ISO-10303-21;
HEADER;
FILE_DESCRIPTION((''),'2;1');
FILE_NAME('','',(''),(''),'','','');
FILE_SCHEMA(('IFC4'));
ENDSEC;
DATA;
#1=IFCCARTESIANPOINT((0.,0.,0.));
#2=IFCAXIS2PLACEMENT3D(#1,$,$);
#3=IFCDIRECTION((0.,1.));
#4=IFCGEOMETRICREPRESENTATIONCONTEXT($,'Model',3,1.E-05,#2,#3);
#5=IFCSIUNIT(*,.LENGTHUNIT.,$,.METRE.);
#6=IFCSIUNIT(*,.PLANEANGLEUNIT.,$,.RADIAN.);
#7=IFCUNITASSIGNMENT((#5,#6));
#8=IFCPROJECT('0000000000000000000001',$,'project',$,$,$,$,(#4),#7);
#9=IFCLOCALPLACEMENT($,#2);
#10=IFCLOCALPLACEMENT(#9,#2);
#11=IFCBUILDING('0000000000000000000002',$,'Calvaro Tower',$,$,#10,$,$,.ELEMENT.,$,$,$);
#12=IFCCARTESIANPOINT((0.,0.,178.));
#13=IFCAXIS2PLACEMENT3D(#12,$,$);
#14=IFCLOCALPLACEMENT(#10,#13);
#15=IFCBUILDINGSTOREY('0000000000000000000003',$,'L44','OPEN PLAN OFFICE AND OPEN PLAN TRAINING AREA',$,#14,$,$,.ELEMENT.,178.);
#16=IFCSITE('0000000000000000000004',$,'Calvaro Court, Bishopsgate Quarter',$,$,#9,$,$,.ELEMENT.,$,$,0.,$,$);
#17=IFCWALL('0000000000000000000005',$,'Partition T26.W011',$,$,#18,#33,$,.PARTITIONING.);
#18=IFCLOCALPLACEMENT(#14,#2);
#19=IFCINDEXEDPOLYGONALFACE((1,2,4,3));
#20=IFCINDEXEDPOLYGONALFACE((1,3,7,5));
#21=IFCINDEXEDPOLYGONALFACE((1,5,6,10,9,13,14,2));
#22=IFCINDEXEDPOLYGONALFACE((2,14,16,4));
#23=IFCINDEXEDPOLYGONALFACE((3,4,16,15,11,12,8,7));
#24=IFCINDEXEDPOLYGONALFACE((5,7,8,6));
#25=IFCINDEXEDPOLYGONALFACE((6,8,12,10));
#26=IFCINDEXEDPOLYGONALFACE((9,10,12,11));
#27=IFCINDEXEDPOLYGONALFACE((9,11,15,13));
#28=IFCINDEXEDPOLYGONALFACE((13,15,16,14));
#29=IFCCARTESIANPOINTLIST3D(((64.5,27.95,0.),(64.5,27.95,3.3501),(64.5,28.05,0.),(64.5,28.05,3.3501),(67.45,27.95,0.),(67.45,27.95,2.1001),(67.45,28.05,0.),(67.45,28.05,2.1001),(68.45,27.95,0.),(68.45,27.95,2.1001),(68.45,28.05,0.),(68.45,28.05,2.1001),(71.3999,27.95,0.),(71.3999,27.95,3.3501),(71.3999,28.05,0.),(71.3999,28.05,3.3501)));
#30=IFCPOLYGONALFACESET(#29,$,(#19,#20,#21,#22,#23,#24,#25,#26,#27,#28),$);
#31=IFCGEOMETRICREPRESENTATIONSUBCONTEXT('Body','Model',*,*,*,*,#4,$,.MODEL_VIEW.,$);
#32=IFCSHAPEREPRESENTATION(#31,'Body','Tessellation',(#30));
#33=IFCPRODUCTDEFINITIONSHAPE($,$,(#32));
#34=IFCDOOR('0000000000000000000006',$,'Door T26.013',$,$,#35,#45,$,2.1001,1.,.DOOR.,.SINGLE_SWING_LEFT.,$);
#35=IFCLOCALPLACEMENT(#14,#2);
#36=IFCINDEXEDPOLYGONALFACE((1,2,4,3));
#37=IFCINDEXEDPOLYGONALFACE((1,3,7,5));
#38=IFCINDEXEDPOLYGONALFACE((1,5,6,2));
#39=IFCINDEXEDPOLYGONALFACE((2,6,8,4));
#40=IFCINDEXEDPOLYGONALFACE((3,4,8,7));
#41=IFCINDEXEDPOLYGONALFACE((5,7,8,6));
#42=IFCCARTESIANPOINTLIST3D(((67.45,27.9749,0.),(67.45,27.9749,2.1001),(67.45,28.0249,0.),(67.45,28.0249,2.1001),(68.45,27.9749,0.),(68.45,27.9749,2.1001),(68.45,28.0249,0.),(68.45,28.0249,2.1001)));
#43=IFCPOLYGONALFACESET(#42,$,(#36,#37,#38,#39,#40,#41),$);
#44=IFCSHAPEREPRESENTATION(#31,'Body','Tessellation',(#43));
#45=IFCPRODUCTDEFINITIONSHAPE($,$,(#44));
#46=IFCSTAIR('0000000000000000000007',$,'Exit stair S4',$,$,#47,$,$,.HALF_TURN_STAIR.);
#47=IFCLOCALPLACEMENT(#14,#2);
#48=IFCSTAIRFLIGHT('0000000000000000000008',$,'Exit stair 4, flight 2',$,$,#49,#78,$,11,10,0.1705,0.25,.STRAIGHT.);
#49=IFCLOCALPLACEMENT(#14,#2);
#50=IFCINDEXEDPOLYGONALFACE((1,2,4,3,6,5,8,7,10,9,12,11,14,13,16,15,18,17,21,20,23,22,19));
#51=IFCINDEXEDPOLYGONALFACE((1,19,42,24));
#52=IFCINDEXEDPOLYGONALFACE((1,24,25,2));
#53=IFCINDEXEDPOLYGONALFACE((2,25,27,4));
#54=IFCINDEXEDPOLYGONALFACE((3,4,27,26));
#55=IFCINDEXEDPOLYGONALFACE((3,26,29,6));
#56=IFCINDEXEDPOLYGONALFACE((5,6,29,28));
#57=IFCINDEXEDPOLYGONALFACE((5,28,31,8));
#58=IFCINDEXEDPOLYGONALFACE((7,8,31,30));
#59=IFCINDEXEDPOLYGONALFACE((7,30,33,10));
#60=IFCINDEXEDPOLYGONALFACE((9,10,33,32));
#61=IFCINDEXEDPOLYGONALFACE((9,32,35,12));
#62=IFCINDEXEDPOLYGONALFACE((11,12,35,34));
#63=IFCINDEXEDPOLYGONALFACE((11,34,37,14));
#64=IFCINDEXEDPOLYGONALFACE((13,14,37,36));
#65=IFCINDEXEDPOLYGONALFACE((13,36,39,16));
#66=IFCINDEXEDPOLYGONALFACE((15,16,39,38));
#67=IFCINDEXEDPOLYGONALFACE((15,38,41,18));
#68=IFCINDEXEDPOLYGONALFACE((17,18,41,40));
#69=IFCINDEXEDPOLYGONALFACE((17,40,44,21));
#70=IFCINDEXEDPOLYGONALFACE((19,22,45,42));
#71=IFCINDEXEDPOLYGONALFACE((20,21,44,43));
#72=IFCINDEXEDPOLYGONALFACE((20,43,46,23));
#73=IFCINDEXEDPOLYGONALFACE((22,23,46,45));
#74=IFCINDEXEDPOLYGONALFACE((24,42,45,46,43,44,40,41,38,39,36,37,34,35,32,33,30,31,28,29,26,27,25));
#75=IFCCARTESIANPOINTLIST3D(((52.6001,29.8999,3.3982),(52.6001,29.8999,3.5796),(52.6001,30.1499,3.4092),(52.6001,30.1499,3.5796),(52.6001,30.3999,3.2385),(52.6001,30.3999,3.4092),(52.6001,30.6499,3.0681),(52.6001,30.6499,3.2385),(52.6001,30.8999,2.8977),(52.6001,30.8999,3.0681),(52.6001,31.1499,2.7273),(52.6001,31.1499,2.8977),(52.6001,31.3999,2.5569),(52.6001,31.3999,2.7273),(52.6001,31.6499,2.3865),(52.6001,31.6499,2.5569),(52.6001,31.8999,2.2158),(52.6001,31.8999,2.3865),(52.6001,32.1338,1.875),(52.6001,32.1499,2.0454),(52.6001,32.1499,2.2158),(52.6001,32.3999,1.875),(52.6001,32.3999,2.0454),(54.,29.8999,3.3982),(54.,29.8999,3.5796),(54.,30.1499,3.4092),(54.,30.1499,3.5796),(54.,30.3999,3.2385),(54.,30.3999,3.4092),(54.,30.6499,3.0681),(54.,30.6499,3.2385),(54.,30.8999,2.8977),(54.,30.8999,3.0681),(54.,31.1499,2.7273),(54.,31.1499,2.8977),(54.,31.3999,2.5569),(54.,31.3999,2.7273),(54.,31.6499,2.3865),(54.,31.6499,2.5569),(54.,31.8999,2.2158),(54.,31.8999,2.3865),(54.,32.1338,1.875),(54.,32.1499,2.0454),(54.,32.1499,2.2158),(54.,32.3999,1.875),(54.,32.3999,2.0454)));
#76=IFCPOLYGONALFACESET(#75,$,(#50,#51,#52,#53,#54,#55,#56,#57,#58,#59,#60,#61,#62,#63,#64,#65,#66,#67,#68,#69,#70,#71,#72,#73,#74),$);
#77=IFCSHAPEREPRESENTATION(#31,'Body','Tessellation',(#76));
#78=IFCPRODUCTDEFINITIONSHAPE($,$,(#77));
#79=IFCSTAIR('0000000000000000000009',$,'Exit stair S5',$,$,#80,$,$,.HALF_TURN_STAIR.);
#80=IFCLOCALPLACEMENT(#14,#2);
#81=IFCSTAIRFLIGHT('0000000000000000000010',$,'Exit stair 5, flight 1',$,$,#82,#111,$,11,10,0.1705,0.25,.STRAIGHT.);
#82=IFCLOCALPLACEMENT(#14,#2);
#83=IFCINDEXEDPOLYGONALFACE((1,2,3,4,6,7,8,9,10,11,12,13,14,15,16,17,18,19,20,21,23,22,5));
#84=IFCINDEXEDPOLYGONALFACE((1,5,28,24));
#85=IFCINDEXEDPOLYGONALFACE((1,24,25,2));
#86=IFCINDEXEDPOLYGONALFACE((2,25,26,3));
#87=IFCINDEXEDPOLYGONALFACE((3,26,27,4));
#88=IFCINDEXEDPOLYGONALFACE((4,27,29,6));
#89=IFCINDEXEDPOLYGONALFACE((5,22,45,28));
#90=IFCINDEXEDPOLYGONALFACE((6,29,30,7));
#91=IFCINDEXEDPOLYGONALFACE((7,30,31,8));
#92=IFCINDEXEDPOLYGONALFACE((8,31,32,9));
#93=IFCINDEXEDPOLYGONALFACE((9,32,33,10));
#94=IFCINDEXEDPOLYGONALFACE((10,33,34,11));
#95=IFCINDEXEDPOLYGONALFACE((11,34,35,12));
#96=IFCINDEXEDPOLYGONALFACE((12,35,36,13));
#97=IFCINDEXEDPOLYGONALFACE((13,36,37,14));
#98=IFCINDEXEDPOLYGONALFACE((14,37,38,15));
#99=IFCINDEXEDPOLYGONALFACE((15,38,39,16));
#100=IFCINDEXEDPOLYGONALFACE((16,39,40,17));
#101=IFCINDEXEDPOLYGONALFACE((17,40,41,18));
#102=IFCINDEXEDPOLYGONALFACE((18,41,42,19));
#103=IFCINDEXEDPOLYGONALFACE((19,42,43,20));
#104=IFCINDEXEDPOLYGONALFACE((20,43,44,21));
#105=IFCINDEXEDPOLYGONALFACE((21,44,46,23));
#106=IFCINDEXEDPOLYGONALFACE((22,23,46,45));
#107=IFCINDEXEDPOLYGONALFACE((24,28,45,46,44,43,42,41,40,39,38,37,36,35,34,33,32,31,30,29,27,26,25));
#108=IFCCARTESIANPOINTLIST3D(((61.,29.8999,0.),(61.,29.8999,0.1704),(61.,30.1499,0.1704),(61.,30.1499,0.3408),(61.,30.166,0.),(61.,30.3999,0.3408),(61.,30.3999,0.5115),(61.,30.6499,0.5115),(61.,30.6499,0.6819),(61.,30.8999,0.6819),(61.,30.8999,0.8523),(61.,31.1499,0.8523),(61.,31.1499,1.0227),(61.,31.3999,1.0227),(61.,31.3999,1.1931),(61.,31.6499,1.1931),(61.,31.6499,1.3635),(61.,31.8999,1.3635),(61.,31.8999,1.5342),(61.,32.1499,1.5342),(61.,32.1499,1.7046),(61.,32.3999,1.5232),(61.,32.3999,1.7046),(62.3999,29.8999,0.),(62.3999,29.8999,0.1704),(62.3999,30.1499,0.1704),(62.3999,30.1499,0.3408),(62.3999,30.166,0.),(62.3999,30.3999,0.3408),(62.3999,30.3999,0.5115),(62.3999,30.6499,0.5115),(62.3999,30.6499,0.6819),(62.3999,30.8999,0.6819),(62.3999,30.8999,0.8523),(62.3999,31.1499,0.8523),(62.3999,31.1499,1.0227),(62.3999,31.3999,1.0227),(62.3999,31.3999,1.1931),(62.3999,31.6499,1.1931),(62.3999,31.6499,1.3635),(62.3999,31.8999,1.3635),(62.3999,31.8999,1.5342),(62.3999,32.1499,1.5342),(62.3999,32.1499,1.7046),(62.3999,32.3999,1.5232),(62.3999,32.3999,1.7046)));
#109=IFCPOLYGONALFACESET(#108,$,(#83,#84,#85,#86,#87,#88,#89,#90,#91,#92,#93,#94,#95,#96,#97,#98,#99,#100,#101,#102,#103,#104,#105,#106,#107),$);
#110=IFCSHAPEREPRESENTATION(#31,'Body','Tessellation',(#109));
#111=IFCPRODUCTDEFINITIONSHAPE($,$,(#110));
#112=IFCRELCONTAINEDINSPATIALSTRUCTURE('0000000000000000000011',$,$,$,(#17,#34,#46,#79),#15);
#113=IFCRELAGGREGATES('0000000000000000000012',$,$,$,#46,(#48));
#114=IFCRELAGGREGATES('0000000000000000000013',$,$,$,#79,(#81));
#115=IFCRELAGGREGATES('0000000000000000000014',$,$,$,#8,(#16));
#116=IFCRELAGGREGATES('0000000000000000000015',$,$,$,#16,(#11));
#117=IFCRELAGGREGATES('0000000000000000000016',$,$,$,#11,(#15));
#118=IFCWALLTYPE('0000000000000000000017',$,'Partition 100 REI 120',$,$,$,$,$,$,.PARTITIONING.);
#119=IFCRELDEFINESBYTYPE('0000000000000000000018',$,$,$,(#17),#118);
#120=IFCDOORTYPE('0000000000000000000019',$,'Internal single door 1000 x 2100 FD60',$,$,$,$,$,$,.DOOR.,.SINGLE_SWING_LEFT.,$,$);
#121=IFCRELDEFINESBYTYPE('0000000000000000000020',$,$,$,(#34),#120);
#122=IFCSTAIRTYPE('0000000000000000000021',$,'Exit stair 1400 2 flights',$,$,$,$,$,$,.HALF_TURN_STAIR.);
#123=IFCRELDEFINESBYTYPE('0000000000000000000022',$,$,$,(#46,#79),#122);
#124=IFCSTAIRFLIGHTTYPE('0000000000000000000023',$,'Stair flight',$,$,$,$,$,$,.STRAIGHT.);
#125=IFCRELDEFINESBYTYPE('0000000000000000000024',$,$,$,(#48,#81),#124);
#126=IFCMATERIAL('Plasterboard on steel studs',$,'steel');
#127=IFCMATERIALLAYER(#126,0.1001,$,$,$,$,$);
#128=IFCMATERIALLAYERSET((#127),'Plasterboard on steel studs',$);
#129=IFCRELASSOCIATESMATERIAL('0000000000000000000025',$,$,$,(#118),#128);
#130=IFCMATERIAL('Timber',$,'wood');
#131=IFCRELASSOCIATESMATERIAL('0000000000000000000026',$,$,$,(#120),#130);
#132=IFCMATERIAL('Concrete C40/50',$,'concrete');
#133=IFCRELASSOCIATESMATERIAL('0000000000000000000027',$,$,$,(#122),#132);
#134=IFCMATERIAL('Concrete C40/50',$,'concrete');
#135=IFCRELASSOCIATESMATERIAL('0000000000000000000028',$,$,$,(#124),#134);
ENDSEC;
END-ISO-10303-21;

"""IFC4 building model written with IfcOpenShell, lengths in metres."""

from ifc_helpers import new_model, si_unit, direction, frame, frame_2d, origin, place, context, subcontext, project, spatial, polyline, rectangle, outline, extrude, material, layer, layer_set, type_object, element, fill, aggregate, save


model = new_model("IFC4")

# Units and contexts
model_context = context("Model", 3, precision=1e-05, world=origin(), true_north=direction((0.0, 1.0)))
body_context = subcontext(model_context, "Body", "Model", "MODEL_VIEW")
ifc_project = project(units=[si_unit("LENGTHUNIT", "METRE"), si_unit("PLANEANGLEUNIT", "RADIAN")], contexts=[model_context])

# Site, building, storey
site_placement = place(None, origin())
site = spatial("IfcSite", under=ifc_project, at=site_placement, Name="Calvaro Court, Bishopsgate Quarter", CompositionType="ELEMENT", RefElevation=0.0)
building_placement = place(site_placement, origin())
building = spatial("IfcBuilding", under=site, at=building_placement, Name="Calvaro Tower", CompositionType="ELEMENT")
storey_placement = place(building_placement, frame((0.0, 0.0, 178.0)))
storey = spatial("IfcBuildingStorey", under=building, at=storey_placement, Name="L44", Description="OPEN PLAN OFFICE AND OPEN PLAN TRAINING AREA", CompositionType="ELEMENT", Elevation=178.0)

# Wall, opening, door
ifc_material_1 = material(Name="Plasterboard on steel studs", Category="steel")
ifc_layer_1 = layer(ifc_material_1, 0.1001)
ifc_layer_set_1 = layer_set([ifc_layer_1], Name="Plasterboard on steel studs")
wall_type_1 = type_object("IfcWallType", Name="Partition 100 REI 120", PredefinedType="PARTITIONING", material=ifc_layer_set_1)
wall_1_placement = place(storey_placement, frame((64.5, 28.0, 0.0), z_axis=(0.0, 0.0, 1.0), x_axis=(1.0, 0.0, 0.0)))
wall_1 = element("IfcWall", 1, at=wall_1_placement, inside=storey, type_object=wall_type_1, Name="Partition T26.W011", PredefinedType="PARTITIONING", context=body_context, shape_type="SweptSolid", body=[
    extrude(rectangle(XDim=6.8999, YDim=0.1001, at=frame_2d((3.45, 0.0))), origin(), (0.0, 0.0, 1.0), 3.3501),
])
opening_1_placement = place(wall_1_placement, frame((2.95, 0.0, 0.0)))
opening_1 = element("IfcOpeningElement", 2, at=opening_1_placement, cuts=wall_1, PredefinedType="OPENING", context=body_context, shape_type="SweptSolid", body=[
    extrude(rectangle(XDim=1.0, YDim=2.1001, at=frame_2d((0.5, 1.05))), frame((0.0, 0.0601, 0.0), z_axis=(0.0, -1.0, 0.0), x_axis=(1.0, 0.0, 0.0)), (0.0, 0.0, 1.0), 0.1201),
])
ifc_material_2 = material(Name="Timber", Category="wood")
door_type_1 = type_object("IfcDoorType", Name="Internal single door 1000 x 2100 FD60", OperationType="SINGLE_SWING_LEFT", PredefinedType="DOOR", material=ifc_material_2)
door_1_placement = place(opening_1_placement, origin())
door_1 = element("IfcDoor", 3, at=door_1_placement, inside=storey, type_object=door_type_1, Name="Door T26.013", OperationType="SINGLE_SWING_LEFT", OverallHeight=2.1001, OverallWidth=1.0, PredefinedType="DOOR", context=body_context, shape_type="SweptSolid", body=[
    extrude(rectangle(XDim=1.0, YDim=2.1001, at=frame_2d((0.5, 1.05))), frame((0.0, 0.0249, 0.0), z_axis=(0.0, -1.0, 0.0), x_axis=(1.0, 0.0, 0.0)), (0.0, 0.0, 1.0), 0.05),
])
fill(opening_1, door_1)

# Stairs, stair flights
ifc_material_3 = material(Name="Concrete C40/50", Category="concrete")
stair_type = type_object("IfcStairType", Name="Exit stair 1400 2 flights", PredefinedType="HALF_TURN_STAIR", material=ifc_material_3)
stair_1_placement = place(storey_placement, origin())
stair_1 = element("IfcStair", 4, at=stair_1_placement, inside=storey, type_object=stair_type, Name="Exit stair S4", PredefinedType="HALF_TURN_STAIR")
ifc_material_4 = material(Name="Concrete C40/50", Category="concrete")
stair_flight_type = type_object("IfcStairFlightType", Name="Stair flight", PredefinedType="STRAIGHT", material=ifc_material_4)
stair_flight_1_placement = place(storey_placement, frame((53.3, 32.3999, 1.875), z_axis=(0.0, 0.0, 1.0), x_axis=(0.0, -1.0, 0.0)))
stair_flight_1 = element("IfcStairFlight", 5, at=stair_flight_1_placement, type_object=stair_flight_type, Name="Exit stair 4, flight 2", NumberOfRisers=11, NumberOfTreads=10, PredefinedType="STRAIGHT", RiserHeight=0.1705, TreadLength=0.25, context=body_context, shape_type="SweptSolid", body=[
    extrude(outline(polyline([(0.0, 0.0), (0.0, 0.1704), (0.25, 0.1704), (0.25, 0.3408), (0.5, 0.3408), (0.5, 0.5115), (0.75, 0.5115), (0.75, 0.6819), (1.0, 0.6819), (1.0, 0.8523), (1.25, 0.8523), (1.25, 1.0227), (1.5, 1.0227), (1.5, 1.1931), (1.75, 1.1931), (1.75, 1.3635), (2.0, 1.3635), (2.0, 1.5342), (2.25, 1.5342), (2.25, 1.7046), (2.5, 1.7046), (2.5, 1.875), (2.5, 1.5232), (0.2661, 0.0), (0.0, 0.0)])), frame((0.0, 0.7, 0.0), z_axis=(0.0, -1.0, 0.0), x_axis=(1.0, 0.0, 0.0)), (0.0, 0.0, 1.0), 1.3999),
])
stair_2_placement = place(storey_placement, origin())
stair_2 = element("IfcStair", 6, at=stair_2_placement, inside=storey, type_object=stair_type, Name="Exit stair S5", PredefinedType="HALF_TURN_STAIR")
stair_flight_2_placement = place(storey_placement, frame((61.7, 29.8999, 0.0), z_axis=(0.0, 0.0, 1.0), x_axis=(0.0, 1.0, 0.0)))
stair_flight_2 = element("IfcStairFlight", 7, at=stair_flight_2_placement, type_object=stair_flight_type, Name="Exit stair 5, flight 1", NumberOfRisers=11, NumberOfTreads=10, PredefinedType="STRAIGHT", RiserHeight=0.1705, TreadLength=0.25, context=body_context, shape_type="SweptSolid", body=[
    extrude(outline(polyline([(0.0, 0.0), (0.0, 0.1704), (0.25, 0.1704), (0.25, 0.3408), (0.5, 0.3408), (0.5, 0.5115), (0.75, 0.5115), (0.75, 0.6819), (1.0, 0.6819), (1.0, 0.8523), (1.25, 0.8523), (1.25, 1.0227), (1.5, 1.0227), (1.5, 1.1931), (1.75, 1.1931), (1.75, 1.3635), (2.0, 1.3635), (2.0, 1.5342), (2.25, 1.5342), (2.25, 1.7046), (2.5, 1.7046), (2.5, 1.875), (2.5, 1.5232), (0.2661, 0.0), (0.0, 0.0)])), frame((0.0, 0.7, 0.0), z_axis=(0.0, -1.0, 0.0), x_axis=(1.0, 0.0, 0.0)), (0.0, 0.0, 1.0), 1.3999),
])

aggregate(stair_1, [stair_flight_1])
aggregate(stair_2, [stair_flight_2])

save(model, "model.ifc")
